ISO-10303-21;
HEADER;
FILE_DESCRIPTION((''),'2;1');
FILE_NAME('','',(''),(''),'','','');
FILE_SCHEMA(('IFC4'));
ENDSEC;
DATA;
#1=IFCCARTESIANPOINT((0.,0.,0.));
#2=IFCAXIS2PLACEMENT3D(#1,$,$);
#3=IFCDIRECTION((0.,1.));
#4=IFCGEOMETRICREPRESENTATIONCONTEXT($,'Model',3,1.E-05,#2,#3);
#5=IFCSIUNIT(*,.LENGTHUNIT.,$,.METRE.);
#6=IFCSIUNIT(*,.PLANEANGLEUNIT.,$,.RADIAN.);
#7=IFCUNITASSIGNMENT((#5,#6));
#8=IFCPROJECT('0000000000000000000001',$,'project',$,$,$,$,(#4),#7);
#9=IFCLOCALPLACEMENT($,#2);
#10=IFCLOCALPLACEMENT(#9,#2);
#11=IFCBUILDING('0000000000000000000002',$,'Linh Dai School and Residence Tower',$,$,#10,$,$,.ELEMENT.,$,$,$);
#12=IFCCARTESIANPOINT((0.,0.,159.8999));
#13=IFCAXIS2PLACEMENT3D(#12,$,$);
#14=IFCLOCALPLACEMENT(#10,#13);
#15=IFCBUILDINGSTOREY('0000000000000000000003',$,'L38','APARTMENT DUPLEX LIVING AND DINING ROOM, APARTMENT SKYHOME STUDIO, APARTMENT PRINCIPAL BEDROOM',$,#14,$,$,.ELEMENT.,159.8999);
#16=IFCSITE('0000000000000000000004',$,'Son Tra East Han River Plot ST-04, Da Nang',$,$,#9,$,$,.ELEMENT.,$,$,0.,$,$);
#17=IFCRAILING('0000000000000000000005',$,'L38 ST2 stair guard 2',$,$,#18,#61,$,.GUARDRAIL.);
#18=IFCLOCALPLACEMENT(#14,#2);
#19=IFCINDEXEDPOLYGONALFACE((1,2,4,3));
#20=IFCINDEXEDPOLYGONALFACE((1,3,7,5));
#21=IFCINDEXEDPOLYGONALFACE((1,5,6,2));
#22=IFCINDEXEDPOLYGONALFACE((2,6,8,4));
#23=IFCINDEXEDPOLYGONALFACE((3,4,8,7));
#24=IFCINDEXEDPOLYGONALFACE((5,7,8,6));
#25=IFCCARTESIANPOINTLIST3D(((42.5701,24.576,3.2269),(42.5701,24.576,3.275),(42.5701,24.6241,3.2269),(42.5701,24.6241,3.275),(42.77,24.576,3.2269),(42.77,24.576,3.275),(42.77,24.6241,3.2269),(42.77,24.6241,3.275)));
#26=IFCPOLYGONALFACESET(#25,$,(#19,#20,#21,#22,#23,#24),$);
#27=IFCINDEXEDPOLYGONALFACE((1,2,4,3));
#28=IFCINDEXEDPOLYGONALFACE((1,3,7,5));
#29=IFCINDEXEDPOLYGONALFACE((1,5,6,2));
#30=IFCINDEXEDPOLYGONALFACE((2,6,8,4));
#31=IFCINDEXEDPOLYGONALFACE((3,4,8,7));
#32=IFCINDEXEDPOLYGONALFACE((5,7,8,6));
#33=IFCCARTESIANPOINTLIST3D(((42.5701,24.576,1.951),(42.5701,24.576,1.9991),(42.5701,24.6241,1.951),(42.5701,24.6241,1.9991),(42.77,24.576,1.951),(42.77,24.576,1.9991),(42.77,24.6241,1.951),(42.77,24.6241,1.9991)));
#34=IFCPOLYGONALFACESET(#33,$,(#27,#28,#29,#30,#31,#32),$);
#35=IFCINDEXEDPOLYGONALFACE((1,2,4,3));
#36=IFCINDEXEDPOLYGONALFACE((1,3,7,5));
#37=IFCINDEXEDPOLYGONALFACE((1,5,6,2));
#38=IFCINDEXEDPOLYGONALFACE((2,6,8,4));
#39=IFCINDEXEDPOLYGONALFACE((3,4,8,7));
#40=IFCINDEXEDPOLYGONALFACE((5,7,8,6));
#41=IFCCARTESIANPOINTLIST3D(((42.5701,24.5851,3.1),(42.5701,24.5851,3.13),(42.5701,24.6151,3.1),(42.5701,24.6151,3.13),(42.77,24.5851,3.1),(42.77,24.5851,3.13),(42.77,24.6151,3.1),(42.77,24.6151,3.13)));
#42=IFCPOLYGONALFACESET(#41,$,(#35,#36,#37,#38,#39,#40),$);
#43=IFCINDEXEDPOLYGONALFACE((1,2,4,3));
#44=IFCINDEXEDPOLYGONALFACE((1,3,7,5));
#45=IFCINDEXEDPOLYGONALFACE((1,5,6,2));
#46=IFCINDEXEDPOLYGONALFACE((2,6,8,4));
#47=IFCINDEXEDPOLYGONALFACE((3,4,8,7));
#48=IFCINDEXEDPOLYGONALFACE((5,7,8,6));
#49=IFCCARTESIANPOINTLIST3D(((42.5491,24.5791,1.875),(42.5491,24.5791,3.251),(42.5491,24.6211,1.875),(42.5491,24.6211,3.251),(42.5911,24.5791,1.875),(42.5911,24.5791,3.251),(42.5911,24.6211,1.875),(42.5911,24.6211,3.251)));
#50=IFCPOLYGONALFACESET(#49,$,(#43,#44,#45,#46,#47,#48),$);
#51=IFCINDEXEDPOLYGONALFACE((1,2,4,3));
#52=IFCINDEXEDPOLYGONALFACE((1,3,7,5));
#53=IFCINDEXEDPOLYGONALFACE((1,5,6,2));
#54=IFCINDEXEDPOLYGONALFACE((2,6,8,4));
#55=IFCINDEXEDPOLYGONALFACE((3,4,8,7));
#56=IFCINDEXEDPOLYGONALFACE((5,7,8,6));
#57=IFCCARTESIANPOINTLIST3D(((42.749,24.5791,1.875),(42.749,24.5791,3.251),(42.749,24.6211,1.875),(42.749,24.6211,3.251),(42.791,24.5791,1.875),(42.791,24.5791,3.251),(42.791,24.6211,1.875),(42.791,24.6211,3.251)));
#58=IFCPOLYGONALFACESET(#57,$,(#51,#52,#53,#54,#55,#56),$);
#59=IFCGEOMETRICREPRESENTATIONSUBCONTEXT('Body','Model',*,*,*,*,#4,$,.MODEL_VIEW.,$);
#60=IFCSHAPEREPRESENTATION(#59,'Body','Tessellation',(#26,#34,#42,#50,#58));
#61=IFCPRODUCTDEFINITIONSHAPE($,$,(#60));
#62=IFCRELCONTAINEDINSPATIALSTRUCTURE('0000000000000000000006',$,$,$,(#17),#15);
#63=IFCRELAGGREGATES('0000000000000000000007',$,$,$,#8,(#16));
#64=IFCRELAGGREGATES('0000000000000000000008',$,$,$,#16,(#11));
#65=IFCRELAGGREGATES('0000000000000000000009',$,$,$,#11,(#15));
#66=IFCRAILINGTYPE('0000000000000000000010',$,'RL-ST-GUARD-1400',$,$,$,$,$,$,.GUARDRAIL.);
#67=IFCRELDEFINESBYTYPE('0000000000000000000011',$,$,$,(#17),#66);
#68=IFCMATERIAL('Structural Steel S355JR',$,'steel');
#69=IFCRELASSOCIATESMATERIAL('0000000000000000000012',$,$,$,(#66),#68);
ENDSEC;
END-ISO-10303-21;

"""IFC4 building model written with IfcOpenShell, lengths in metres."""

from ifc_helpers import new_model, si_unit, direction, frame, origin, origin_2d, place, context, subcontext, project, spatial, rectangle, extrude, source, transform, mapped, material, type_object, element, save


model = new_model("IFC4")

# Units and contexts
model_context = context("Model", 3, precision=1e-05, world=origin(), true_north=direction((0.0, 1.0)))
body_context = subcontext(model_context, "Body", "Model", "MODEL_VIEW")
ifc_project = project(units=[si_unit("LENGTHUNIT", "METRE"), si_unit("PLANEANGLEUNIT", "RADIAN")], contexts=[model_context])

# Site, building, storey
site_placement = place(None, origin())
site = spatial("IfcSite", under=ifc_project, at=site_placement, Name="Son Tra East Han River Plot ST-04, Da Nang", CompositionType="ELEMENT", RefElevation=0.0)
building_placement = place(site_placement, origin())
building = spatial("IfcBuilding", under=site, at=building_placement, Name="Linh Dai School and Residence Tower", CompositionType="ELEMENT")
storey_placement = place(building_placement, frame((0.0, 0.0, 159.8999)))
storey = spatial("IfcBuildingStorey", under=building, at=storey_placement, Name="L38", Description="APARTMENT DUPLEX LIVING AND DINING ROOM, APARTMENT SKYHOME STUDIO, APARTMENT PRINCIPAL BEDROOM", CompositionType="ELEMENT", Elevation=159.8999)

# Shared definitions
ifc_material_1 = material(Name="Structural Steel S355JR", Category="steel")

# Railing
railing_type_1 = type_object("IfcRailingType", Name="RL-ST-GUARD-1400", PredefinedType="GUARDRAIL", material=ifc_material_1)
shared_shape_1 = source(origin(), body_context, "Body", "SweptSolid", [
    extrude(rectangle(XDim=0.0481, YDim=0.0481, at=origin_2d()), frame((0.0, 0.0, 1.376), z_axis=(1.0, 0.0, 0.0), x_axis=(0.0, 1.0, 0.0)), (0.0, 0.0, 1.0), 0.2),
    extrude(rectangle(XDim=0.0481, YDim=0.0481, at=origin_2d()), frame((0.0, 0.0, 0.1001), z_axis=(1.0, 0.0, 0.0), x_axis=(0.0, 1.0, 0.0)), (0.0, 0.0, 1.0), 0.2),
    extrude(rectangle(XDim=0.03, YDim=0.03, at=origin_2d()), frame((0.0, 0.0, 1.24), z_axis=(1.0, 0.0, 0.0), x_axis=(0.0, 1.0, 0.0)), (0.0, 0.0, 1.0), 0.2),
    extrude(rectangle(XDim=0.042, YDim=0.042, at=origin_2d()), origin(), (0.0, 0.0, 1.0), 1.376),
    extrude(rectangle(XDim=0.042, YDim=0.042, at=origin_2d()), frame((0.2, 0.0, 0.0)), (0.0, 0.0, 1.0), 1.376),
])
railing_1_placement = place(storey_placement, frame((42.5701, 24.6001, 1.875)))
element("IfcRailing", 1, at=railing_1_placement, inside=storey, type_object=railing_type_1, Name="L38 ST2 stair guard 2", PredefinedType="GUARDRAIL", context=body_context, shape_type="MappedRepresentation", body=[
    mapped(shared_shape_1, transform((0.0, 0.0, 0.0), x_axis=(1.0, 0.0, 0.0), y_axis=(0.0, 1.0, 0.0), z_axis=(0.0, 0.0, 1.0), scale=1.0)),
])

save(model, "model.ifc")
